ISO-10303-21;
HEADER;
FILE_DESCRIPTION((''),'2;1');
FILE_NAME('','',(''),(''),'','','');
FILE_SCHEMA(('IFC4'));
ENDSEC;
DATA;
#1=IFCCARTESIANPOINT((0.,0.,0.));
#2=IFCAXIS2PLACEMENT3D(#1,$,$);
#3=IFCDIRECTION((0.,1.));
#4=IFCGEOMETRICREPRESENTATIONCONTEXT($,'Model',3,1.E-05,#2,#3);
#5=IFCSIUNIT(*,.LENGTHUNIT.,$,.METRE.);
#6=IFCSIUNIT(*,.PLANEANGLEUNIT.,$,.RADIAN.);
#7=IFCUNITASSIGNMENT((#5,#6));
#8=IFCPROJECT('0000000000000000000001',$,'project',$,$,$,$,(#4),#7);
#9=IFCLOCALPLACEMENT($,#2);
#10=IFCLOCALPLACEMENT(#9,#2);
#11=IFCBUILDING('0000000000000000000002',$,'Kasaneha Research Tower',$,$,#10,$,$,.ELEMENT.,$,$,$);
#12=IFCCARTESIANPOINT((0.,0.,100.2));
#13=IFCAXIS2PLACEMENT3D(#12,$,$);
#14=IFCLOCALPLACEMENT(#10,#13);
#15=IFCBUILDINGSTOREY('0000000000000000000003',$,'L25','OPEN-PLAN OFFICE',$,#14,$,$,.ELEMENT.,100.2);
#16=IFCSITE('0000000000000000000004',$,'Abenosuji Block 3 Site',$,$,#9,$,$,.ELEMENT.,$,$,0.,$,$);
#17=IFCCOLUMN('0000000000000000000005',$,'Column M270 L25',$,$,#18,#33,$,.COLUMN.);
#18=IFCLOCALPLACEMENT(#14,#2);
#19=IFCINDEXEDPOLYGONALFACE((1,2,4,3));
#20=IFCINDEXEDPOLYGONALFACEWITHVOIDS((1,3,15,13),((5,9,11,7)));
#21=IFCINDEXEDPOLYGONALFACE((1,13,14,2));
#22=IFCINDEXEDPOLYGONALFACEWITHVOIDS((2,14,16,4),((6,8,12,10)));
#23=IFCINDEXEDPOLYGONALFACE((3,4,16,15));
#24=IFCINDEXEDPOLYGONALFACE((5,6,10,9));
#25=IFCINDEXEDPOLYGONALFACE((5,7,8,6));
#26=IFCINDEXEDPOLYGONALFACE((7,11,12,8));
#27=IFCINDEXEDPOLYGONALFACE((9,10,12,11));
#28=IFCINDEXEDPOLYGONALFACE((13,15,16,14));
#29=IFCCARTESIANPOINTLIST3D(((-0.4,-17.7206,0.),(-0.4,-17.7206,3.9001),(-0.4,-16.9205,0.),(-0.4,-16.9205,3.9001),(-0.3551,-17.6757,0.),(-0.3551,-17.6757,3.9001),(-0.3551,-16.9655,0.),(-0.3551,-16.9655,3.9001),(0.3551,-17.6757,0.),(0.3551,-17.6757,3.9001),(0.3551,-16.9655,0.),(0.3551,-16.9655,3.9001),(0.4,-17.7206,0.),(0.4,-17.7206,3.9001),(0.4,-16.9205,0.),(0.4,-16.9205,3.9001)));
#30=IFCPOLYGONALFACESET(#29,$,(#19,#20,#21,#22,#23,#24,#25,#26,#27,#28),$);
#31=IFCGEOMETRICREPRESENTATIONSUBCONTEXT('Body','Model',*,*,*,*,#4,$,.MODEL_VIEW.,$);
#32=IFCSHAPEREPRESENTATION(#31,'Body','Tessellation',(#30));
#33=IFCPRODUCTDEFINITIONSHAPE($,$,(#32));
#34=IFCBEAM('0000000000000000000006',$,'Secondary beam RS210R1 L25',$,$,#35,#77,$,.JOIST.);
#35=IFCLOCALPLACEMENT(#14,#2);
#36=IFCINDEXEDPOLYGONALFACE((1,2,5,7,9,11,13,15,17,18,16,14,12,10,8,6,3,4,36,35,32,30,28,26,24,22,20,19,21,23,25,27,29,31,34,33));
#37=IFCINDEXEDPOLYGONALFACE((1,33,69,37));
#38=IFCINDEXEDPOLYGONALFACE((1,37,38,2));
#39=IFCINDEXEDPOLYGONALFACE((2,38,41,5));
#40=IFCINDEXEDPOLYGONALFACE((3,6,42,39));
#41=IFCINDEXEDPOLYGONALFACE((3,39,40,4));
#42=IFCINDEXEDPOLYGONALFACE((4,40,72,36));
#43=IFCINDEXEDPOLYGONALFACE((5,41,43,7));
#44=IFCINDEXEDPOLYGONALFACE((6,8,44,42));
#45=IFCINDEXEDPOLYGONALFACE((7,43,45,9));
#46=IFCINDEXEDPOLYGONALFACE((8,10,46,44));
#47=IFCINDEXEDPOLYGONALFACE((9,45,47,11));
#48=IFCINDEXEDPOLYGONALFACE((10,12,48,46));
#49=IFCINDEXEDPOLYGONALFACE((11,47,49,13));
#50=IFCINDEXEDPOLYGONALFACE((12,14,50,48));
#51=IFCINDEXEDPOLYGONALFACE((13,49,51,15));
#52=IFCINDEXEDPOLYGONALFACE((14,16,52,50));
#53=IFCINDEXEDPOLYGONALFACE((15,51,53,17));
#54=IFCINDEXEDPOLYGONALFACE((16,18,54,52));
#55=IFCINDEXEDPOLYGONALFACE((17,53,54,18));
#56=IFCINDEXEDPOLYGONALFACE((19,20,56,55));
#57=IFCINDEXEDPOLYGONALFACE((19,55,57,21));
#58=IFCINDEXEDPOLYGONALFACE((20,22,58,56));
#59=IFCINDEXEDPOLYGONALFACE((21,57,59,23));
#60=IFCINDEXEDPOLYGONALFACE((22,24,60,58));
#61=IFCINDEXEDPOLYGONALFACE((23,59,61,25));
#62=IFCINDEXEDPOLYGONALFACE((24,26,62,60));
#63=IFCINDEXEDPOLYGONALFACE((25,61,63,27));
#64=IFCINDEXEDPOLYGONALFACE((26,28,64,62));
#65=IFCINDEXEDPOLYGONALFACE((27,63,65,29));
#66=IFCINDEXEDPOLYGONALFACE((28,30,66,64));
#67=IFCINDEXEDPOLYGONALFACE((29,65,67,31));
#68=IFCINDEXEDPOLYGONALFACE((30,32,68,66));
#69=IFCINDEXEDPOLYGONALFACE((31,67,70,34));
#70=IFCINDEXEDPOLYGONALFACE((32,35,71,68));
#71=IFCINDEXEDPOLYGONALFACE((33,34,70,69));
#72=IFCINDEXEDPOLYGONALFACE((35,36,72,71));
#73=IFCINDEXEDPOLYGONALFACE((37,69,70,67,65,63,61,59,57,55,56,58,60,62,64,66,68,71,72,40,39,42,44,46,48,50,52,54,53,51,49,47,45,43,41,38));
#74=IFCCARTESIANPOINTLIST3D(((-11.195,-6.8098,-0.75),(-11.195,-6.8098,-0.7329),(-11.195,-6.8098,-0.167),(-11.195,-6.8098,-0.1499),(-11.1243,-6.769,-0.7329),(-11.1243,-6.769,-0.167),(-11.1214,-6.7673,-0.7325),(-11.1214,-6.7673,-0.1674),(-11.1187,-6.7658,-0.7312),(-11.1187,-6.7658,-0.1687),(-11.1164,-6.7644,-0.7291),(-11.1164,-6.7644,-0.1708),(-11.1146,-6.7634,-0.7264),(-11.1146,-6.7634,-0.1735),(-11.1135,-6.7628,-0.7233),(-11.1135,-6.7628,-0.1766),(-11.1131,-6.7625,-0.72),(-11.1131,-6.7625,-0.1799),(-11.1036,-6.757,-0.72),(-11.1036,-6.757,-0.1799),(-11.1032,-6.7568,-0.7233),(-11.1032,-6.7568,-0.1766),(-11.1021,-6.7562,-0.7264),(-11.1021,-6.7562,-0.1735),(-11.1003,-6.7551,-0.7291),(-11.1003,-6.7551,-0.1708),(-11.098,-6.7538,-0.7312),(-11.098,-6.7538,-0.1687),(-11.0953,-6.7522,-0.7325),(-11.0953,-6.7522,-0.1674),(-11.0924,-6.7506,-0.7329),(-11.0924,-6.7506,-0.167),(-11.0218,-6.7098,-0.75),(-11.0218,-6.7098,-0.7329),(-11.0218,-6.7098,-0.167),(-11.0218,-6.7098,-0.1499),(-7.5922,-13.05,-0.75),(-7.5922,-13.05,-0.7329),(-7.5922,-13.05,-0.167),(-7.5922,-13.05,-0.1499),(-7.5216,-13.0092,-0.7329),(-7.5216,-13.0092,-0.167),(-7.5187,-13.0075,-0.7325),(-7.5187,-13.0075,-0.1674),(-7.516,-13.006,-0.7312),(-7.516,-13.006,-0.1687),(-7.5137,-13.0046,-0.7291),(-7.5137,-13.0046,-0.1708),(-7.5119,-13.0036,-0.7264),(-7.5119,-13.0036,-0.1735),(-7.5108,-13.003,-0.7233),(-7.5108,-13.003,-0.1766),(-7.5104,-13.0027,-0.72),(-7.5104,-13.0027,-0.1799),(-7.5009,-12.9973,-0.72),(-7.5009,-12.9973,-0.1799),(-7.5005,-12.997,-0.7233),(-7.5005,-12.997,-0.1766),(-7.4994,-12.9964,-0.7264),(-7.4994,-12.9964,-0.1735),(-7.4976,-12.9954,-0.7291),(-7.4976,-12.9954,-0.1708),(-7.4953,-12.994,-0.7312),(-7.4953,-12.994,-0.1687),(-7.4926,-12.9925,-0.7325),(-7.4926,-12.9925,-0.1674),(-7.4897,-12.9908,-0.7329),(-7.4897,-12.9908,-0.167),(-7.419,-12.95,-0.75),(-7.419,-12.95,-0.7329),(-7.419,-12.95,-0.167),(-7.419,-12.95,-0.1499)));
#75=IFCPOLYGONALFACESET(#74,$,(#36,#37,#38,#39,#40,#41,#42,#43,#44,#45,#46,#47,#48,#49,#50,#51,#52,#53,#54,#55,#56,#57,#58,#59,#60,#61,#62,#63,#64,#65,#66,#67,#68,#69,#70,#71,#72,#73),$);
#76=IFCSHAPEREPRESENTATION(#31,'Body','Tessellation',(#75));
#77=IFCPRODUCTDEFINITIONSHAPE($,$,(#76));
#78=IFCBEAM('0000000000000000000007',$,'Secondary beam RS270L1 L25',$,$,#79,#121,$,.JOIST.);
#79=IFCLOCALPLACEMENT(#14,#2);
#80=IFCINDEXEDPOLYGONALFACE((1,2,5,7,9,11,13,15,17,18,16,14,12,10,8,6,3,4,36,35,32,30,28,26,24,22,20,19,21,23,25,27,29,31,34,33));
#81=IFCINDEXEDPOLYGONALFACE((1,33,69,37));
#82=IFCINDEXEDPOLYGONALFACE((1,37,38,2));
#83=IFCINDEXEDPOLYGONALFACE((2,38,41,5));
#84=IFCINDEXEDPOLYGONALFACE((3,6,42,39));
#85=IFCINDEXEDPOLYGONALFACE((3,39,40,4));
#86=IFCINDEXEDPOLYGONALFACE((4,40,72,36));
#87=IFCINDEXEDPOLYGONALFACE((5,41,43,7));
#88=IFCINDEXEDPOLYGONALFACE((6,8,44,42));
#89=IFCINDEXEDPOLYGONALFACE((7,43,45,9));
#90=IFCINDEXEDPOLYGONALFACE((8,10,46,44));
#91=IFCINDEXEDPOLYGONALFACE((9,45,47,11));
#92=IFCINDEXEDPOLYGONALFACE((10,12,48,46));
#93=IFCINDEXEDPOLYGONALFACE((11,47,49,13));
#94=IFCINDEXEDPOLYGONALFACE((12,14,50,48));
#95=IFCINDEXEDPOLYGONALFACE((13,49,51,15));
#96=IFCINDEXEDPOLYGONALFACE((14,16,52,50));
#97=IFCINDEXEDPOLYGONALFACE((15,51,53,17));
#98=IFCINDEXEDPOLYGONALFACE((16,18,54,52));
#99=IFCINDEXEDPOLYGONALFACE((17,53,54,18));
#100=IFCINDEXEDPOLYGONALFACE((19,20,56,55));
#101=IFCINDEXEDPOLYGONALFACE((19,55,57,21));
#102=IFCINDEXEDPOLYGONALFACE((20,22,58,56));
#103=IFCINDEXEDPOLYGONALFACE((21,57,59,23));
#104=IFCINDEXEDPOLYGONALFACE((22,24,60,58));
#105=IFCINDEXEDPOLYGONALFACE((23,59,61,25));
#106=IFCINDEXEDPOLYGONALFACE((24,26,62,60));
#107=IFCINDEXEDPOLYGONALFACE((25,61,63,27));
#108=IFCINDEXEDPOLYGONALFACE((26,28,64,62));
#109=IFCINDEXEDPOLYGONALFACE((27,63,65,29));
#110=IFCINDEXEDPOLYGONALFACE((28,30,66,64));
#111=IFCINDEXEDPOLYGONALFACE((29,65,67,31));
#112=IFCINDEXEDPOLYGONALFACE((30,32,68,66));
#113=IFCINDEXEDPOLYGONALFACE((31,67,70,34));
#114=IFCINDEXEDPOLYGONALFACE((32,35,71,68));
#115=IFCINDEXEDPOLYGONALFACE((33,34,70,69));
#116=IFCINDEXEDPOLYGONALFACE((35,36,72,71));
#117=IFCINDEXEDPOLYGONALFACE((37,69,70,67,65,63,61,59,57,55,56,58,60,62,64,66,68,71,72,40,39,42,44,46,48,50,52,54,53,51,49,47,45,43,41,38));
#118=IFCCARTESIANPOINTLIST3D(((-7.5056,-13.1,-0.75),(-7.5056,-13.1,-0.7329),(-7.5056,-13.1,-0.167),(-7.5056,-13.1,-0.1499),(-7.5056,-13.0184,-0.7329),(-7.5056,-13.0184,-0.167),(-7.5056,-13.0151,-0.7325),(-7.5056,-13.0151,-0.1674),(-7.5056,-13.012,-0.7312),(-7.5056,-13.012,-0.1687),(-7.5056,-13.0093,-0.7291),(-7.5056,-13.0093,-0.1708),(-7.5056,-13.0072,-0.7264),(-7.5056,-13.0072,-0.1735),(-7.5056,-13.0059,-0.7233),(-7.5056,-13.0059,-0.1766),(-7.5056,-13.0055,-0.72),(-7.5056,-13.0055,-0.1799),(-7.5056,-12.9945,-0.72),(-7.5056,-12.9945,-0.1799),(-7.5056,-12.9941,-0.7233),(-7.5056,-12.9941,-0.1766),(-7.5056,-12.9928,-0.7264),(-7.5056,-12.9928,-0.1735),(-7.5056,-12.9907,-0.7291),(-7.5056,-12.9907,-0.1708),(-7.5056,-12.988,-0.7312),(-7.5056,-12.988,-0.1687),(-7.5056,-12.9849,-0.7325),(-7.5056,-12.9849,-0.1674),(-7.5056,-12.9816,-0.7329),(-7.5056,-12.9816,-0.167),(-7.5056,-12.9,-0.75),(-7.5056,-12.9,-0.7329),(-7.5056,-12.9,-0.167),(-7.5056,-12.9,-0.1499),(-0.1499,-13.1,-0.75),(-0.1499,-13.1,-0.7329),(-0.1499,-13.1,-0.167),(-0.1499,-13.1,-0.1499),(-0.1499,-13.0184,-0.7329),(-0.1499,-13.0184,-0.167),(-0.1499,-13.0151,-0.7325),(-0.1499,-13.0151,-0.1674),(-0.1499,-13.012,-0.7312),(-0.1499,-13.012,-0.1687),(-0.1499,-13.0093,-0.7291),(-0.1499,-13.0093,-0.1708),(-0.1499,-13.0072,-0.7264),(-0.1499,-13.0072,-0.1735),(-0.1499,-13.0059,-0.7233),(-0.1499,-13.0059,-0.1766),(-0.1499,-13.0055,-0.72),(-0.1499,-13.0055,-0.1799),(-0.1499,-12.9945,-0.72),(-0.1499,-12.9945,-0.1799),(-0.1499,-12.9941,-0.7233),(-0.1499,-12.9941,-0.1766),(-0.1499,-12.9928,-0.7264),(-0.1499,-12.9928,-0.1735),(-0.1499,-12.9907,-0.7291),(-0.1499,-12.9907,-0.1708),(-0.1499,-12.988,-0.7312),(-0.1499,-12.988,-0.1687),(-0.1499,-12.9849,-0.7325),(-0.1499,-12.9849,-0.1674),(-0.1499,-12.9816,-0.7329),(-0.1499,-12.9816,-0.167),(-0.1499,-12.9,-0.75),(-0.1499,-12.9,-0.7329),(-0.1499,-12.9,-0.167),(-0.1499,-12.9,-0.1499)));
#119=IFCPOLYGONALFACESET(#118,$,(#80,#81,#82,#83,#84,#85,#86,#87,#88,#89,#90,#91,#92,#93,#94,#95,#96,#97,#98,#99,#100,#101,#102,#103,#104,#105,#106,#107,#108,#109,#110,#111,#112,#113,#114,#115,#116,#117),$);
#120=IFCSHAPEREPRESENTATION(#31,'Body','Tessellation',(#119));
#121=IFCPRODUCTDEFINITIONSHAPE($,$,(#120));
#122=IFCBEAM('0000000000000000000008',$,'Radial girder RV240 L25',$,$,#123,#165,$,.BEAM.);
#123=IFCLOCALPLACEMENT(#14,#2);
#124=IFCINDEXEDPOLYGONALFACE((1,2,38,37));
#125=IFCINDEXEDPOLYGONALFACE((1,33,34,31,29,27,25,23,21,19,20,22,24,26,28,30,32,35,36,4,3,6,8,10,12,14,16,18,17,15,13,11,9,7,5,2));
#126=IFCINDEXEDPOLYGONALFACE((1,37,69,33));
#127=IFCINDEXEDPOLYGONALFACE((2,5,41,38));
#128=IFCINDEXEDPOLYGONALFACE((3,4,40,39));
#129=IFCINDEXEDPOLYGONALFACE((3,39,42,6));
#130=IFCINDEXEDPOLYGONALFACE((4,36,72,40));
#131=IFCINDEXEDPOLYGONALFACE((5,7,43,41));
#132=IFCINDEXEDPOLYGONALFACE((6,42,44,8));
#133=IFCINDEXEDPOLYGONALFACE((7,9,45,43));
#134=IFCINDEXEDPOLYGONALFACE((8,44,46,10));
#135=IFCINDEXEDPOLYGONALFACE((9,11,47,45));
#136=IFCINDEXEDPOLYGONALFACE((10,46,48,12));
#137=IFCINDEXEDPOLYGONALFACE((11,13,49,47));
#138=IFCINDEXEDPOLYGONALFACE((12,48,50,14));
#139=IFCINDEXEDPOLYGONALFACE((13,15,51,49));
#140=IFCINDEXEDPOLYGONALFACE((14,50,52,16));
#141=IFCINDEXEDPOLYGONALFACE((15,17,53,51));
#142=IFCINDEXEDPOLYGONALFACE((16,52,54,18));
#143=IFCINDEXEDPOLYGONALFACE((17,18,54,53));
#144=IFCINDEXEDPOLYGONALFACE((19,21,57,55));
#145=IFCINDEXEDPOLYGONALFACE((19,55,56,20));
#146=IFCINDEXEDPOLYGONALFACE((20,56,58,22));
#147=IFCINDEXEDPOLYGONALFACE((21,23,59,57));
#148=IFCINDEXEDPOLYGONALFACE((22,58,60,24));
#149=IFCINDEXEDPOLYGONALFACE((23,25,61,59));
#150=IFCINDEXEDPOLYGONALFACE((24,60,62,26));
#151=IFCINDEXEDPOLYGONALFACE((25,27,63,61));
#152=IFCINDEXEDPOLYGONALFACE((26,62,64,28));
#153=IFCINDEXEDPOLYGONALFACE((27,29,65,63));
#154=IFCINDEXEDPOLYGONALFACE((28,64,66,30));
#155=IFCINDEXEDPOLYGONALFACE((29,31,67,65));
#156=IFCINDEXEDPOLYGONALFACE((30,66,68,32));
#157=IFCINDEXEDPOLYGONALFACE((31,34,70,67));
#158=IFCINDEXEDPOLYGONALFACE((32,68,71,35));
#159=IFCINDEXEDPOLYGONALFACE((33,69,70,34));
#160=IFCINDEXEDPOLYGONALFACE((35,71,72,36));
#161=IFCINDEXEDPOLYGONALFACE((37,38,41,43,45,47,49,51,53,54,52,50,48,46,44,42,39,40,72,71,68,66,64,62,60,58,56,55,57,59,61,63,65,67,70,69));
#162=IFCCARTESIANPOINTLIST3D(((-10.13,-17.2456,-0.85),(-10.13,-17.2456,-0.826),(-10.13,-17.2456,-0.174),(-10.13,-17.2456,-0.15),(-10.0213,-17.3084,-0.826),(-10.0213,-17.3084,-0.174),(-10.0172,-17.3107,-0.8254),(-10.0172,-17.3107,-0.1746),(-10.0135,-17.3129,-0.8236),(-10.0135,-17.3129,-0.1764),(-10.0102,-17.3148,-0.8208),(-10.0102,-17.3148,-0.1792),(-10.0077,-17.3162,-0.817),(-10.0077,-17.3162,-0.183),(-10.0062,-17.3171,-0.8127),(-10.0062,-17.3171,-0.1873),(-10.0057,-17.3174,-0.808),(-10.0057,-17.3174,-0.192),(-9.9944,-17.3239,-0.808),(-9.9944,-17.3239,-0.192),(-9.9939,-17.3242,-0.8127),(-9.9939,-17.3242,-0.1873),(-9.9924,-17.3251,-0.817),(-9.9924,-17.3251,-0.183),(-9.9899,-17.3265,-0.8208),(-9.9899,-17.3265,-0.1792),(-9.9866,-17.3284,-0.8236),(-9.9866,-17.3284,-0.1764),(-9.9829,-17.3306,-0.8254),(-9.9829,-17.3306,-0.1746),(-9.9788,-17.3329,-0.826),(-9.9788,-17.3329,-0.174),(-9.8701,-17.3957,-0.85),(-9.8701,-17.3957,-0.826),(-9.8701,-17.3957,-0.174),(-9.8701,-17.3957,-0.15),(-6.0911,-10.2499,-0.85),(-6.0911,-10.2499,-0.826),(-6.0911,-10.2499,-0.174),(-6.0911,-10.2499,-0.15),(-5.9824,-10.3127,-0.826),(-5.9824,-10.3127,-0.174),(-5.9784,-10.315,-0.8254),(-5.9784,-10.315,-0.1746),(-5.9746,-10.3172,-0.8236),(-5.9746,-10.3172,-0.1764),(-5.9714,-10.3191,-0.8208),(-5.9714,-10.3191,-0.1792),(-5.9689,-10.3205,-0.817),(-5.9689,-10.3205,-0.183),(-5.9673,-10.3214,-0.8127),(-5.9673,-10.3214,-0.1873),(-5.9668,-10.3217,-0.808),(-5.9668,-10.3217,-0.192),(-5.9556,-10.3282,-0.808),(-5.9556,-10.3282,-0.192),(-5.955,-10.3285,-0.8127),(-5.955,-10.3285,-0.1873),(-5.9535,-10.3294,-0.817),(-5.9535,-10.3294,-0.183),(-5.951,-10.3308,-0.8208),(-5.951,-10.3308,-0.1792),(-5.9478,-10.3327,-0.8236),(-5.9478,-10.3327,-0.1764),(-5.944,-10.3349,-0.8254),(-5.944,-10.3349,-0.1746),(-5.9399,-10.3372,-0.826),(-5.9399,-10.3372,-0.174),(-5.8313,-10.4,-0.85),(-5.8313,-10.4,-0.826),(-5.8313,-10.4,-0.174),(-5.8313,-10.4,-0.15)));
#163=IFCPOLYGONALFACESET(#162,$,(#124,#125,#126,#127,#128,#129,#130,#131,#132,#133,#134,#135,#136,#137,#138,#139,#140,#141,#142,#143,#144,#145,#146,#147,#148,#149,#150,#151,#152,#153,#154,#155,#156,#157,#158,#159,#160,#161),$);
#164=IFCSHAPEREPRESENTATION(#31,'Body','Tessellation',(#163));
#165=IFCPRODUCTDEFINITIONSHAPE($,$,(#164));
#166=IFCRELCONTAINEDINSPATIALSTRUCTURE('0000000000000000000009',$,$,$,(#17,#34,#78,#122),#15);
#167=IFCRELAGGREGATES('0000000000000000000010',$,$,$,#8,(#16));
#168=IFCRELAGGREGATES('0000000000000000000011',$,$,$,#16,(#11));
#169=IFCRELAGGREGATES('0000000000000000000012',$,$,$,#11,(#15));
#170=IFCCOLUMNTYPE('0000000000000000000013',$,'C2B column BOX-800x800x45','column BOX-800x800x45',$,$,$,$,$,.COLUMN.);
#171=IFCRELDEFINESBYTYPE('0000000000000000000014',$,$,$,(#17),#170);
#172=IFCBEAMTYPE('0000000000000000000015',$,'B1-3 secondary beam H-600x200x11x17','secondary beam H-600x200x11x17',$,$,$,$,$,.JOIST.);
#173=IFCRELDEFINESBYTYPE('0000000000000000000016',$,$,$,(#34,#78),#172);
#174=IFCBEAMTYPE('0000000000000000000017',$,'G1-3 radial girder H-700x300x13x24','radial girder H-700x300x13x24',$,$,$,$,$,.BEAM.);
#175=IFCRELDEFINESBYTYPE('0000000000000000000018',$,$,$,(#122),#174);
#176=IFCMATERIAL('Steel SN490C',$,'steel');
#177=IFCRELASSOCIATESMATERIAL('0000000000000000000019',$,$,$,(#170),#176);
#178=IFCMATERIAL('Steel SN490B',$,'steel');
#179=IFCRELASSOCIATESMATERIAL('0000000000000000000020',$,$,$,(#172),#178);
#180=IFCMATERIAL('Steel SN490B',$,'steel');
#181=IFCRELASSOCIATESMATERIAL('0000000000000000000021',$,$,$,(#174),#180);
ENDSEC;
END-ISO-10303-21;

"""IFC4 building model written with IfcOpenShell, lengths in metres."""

from ifc_helpers import new_model, si_unit, direction, frame, origin, origin_2d, place, context, subcontext, project, spatial, hollow_rectangle, i_section, extrude, material, material_profile, profile_set, type_object, element, save


model = new_model("IFC4")

# Units and contexts
model_context = context("Model", 3, precision=1e-05, world=origin(), true_north=direction((0.0, 1.0)))
body_context = subcontext(model_context, "Body", "Model", "MODEL_VIEW")
ifc_project = project(units=[si_unit("LENGTHUNIT", "METRE"), si_unit("PLANEANGLEUNIT", "RADIAN")], contexts=[model_context])

# Site, building, storey
site_placement = place(None, origin())
site = spatial("IfcSite", under=ifc_project, at=site_placement, Name="Abenosuji Block 3 Site", CompositionType="ELEMENT", RefElevation=0.0)
building_placement = place(site_placement, origin())
building = spatial("IfcBuilding", under=site, at=building_placement, Name="Kasaneha Research Tower", CompositionType="ELEMENT")
storey_placement = place(building_placement, frame((0.0, 0.0, 100.2)))
storey = spatial("IfcBuildingStorey", under=building, at=storey_placement, Name="L25", Description="OPEN-PLAN OFFICE", CompositionType="ELEMENT", Elevation=100.2)

# Column
ifc_material_1 = material(Name="Steel SN490C", Category="steel")
ifc_material_profile_1 = material_profile(ifc_material_1, hollow_rectangle(XDim=0.8, YDim=0.8, WallThickness=0.0449, at=origin_2d()), Name="BOX-800x800x45")
ifc_profile_set_1 = profile_set([ifc_material_profile_1], Name="Steel SN490C")
column_type = type_object("IfcColumnType", Name="C2B column BOX-800x800x45", Description="column BOX-800x800x45", PredefinedType="COLUMN", material=ifc_profile_set_1)
column_placement = place(storey_placement, frame((0.0, -17.3206, 0.0), z_axis=(0.0, 0.0, 1.0), x_axis=(1.0, 0.0, 0.0)))
element("IfcColumn", 1, at=column_placement, inside=storey, type_object=column_type, Name="Column M270 L25", PredefinedType="COLUMN", context=body_context, shape_type="SweptSolid", body=[
    extrude(hollow_rectangle(XDim=0.8, YDim=0.8, WallThickness=0.0449, at=origin_2d()), origin(), (0.0, 0.0, 1.0), 3.9001),
])

# Beams
ifc_material_2 = material(Name="Steel SN490B", Category="steel")
ifc_material_profile_2 = material_profile(ifc_material_2, i_section(OverallWidth=0.2, OverallDepth=0.6001, WebThickness=0.011, FlangeThickness=0.0171, FilletRadius=0.0129, at=origin_2d()), Name="H-600x200x11x17")
ifc_profile_set_2 = profile_set([ifc_material_profile_2], Name="Steel SN490B")
beam_type_1 = type_object("IfcBeamType", Name="B1-3 secondary beam H-600x200x11x17", Description="secondary beam H-600x200x11x17", PredefinedType="JOIST", material=ifc_profile_set_2)
beam_1_placement = place(storey_placement, frame((-7.5056, -13.0, -0.45), z_axis=(-0.499998, 0.866026, 0.0), x_axis=(-0.866026, -0.499998, 0.0)))
element("IfcBeam", 2, at=beam_1_placement, inside=storey, type_object=beam_type_1, Name="Secondary beam RS210R1 L25", PredefinedType="JOIST", context=body_context, shape_type="SweptSolid", body=[
    extrude(i_section(OverallWidth=0.2, OverallDepth=0.6001, WebThickness=0.011, FlangeThickness=0.0171, FilletRadius=0.0129, at=origin_2d()), origin(), (0.0, 0.0, 1.0), 7.2056),
])
beam_2_placement = place(storey_placement, frame((-7.5056, -13.0, -0.45), z_axis=(1.0, 0.0, 0.0), x_axis=(0.0, 1.0, 0.0)))
element("IfcBeam", 3, at=beam_2_placement, inside=storey, type_object=beam_type_1, Name="Secondary beam RS270L1 L25", PredefinedType="JOIST", context=body_context, shape_type="SweptSolid", body=[
    extrude(i_section(OverallWidth=0.2, OverallDepth=0.6001, WebThickness=0.011, FlangeThickness=0.0171, FilletRadius=0.0129, at=origin_2d()), origin(), (0.0, 0.0, 1.0), 7.3557),
])
ifc_material_3 = material(Name="Steel SN490B", Category="steel")
ifc_material_profile_3 = material_profile(ifc_material_3, i_section(OverallWidth=0.3, OverallDepth=0.7, WebThickness=0.0129, FlangeThickness=0.0239, FilletRadius=0.0181, at=origin_2d()), Name="H-700x300x13x24")
ifc_profile_set_3 = profile_set([ifc_material_profile_3], Name="Steel SN490B")
beam_type_2 = type_object("IfcBeamType", Name="G1-3 radial girder H-700x300x13x24", Description="radial girder H-700x300x13x24", PredefinedType="BEAM", material=ifc_profile_set_3)
beam_3_placement = place(storey_placement, frame((-5.9612, -10.325, -0.5), z_axis=(-0.499991, -0.866031, 0.0), x_axis=(0.866031, -0.499991, 0.0)))
element("IfcBeam", 4, at=beam_3_placement, inside=storey, type_object=beam_type_2, Name="Radial girder RV240 L25", PredefinedType="BEAM", context=body_context, shape_type="SweptSolid", body=[
    extrude(i_section(OverallWidth=0.3, OverallDepth=0.7, WebThickness=0.0129, FlangeThickness=0.0239, FilletRadius=0.0181, at=origin_2d()), origin(), (0.0, 0.0, 1.0), 8.0779),
])

save(model, "model.ifc")
